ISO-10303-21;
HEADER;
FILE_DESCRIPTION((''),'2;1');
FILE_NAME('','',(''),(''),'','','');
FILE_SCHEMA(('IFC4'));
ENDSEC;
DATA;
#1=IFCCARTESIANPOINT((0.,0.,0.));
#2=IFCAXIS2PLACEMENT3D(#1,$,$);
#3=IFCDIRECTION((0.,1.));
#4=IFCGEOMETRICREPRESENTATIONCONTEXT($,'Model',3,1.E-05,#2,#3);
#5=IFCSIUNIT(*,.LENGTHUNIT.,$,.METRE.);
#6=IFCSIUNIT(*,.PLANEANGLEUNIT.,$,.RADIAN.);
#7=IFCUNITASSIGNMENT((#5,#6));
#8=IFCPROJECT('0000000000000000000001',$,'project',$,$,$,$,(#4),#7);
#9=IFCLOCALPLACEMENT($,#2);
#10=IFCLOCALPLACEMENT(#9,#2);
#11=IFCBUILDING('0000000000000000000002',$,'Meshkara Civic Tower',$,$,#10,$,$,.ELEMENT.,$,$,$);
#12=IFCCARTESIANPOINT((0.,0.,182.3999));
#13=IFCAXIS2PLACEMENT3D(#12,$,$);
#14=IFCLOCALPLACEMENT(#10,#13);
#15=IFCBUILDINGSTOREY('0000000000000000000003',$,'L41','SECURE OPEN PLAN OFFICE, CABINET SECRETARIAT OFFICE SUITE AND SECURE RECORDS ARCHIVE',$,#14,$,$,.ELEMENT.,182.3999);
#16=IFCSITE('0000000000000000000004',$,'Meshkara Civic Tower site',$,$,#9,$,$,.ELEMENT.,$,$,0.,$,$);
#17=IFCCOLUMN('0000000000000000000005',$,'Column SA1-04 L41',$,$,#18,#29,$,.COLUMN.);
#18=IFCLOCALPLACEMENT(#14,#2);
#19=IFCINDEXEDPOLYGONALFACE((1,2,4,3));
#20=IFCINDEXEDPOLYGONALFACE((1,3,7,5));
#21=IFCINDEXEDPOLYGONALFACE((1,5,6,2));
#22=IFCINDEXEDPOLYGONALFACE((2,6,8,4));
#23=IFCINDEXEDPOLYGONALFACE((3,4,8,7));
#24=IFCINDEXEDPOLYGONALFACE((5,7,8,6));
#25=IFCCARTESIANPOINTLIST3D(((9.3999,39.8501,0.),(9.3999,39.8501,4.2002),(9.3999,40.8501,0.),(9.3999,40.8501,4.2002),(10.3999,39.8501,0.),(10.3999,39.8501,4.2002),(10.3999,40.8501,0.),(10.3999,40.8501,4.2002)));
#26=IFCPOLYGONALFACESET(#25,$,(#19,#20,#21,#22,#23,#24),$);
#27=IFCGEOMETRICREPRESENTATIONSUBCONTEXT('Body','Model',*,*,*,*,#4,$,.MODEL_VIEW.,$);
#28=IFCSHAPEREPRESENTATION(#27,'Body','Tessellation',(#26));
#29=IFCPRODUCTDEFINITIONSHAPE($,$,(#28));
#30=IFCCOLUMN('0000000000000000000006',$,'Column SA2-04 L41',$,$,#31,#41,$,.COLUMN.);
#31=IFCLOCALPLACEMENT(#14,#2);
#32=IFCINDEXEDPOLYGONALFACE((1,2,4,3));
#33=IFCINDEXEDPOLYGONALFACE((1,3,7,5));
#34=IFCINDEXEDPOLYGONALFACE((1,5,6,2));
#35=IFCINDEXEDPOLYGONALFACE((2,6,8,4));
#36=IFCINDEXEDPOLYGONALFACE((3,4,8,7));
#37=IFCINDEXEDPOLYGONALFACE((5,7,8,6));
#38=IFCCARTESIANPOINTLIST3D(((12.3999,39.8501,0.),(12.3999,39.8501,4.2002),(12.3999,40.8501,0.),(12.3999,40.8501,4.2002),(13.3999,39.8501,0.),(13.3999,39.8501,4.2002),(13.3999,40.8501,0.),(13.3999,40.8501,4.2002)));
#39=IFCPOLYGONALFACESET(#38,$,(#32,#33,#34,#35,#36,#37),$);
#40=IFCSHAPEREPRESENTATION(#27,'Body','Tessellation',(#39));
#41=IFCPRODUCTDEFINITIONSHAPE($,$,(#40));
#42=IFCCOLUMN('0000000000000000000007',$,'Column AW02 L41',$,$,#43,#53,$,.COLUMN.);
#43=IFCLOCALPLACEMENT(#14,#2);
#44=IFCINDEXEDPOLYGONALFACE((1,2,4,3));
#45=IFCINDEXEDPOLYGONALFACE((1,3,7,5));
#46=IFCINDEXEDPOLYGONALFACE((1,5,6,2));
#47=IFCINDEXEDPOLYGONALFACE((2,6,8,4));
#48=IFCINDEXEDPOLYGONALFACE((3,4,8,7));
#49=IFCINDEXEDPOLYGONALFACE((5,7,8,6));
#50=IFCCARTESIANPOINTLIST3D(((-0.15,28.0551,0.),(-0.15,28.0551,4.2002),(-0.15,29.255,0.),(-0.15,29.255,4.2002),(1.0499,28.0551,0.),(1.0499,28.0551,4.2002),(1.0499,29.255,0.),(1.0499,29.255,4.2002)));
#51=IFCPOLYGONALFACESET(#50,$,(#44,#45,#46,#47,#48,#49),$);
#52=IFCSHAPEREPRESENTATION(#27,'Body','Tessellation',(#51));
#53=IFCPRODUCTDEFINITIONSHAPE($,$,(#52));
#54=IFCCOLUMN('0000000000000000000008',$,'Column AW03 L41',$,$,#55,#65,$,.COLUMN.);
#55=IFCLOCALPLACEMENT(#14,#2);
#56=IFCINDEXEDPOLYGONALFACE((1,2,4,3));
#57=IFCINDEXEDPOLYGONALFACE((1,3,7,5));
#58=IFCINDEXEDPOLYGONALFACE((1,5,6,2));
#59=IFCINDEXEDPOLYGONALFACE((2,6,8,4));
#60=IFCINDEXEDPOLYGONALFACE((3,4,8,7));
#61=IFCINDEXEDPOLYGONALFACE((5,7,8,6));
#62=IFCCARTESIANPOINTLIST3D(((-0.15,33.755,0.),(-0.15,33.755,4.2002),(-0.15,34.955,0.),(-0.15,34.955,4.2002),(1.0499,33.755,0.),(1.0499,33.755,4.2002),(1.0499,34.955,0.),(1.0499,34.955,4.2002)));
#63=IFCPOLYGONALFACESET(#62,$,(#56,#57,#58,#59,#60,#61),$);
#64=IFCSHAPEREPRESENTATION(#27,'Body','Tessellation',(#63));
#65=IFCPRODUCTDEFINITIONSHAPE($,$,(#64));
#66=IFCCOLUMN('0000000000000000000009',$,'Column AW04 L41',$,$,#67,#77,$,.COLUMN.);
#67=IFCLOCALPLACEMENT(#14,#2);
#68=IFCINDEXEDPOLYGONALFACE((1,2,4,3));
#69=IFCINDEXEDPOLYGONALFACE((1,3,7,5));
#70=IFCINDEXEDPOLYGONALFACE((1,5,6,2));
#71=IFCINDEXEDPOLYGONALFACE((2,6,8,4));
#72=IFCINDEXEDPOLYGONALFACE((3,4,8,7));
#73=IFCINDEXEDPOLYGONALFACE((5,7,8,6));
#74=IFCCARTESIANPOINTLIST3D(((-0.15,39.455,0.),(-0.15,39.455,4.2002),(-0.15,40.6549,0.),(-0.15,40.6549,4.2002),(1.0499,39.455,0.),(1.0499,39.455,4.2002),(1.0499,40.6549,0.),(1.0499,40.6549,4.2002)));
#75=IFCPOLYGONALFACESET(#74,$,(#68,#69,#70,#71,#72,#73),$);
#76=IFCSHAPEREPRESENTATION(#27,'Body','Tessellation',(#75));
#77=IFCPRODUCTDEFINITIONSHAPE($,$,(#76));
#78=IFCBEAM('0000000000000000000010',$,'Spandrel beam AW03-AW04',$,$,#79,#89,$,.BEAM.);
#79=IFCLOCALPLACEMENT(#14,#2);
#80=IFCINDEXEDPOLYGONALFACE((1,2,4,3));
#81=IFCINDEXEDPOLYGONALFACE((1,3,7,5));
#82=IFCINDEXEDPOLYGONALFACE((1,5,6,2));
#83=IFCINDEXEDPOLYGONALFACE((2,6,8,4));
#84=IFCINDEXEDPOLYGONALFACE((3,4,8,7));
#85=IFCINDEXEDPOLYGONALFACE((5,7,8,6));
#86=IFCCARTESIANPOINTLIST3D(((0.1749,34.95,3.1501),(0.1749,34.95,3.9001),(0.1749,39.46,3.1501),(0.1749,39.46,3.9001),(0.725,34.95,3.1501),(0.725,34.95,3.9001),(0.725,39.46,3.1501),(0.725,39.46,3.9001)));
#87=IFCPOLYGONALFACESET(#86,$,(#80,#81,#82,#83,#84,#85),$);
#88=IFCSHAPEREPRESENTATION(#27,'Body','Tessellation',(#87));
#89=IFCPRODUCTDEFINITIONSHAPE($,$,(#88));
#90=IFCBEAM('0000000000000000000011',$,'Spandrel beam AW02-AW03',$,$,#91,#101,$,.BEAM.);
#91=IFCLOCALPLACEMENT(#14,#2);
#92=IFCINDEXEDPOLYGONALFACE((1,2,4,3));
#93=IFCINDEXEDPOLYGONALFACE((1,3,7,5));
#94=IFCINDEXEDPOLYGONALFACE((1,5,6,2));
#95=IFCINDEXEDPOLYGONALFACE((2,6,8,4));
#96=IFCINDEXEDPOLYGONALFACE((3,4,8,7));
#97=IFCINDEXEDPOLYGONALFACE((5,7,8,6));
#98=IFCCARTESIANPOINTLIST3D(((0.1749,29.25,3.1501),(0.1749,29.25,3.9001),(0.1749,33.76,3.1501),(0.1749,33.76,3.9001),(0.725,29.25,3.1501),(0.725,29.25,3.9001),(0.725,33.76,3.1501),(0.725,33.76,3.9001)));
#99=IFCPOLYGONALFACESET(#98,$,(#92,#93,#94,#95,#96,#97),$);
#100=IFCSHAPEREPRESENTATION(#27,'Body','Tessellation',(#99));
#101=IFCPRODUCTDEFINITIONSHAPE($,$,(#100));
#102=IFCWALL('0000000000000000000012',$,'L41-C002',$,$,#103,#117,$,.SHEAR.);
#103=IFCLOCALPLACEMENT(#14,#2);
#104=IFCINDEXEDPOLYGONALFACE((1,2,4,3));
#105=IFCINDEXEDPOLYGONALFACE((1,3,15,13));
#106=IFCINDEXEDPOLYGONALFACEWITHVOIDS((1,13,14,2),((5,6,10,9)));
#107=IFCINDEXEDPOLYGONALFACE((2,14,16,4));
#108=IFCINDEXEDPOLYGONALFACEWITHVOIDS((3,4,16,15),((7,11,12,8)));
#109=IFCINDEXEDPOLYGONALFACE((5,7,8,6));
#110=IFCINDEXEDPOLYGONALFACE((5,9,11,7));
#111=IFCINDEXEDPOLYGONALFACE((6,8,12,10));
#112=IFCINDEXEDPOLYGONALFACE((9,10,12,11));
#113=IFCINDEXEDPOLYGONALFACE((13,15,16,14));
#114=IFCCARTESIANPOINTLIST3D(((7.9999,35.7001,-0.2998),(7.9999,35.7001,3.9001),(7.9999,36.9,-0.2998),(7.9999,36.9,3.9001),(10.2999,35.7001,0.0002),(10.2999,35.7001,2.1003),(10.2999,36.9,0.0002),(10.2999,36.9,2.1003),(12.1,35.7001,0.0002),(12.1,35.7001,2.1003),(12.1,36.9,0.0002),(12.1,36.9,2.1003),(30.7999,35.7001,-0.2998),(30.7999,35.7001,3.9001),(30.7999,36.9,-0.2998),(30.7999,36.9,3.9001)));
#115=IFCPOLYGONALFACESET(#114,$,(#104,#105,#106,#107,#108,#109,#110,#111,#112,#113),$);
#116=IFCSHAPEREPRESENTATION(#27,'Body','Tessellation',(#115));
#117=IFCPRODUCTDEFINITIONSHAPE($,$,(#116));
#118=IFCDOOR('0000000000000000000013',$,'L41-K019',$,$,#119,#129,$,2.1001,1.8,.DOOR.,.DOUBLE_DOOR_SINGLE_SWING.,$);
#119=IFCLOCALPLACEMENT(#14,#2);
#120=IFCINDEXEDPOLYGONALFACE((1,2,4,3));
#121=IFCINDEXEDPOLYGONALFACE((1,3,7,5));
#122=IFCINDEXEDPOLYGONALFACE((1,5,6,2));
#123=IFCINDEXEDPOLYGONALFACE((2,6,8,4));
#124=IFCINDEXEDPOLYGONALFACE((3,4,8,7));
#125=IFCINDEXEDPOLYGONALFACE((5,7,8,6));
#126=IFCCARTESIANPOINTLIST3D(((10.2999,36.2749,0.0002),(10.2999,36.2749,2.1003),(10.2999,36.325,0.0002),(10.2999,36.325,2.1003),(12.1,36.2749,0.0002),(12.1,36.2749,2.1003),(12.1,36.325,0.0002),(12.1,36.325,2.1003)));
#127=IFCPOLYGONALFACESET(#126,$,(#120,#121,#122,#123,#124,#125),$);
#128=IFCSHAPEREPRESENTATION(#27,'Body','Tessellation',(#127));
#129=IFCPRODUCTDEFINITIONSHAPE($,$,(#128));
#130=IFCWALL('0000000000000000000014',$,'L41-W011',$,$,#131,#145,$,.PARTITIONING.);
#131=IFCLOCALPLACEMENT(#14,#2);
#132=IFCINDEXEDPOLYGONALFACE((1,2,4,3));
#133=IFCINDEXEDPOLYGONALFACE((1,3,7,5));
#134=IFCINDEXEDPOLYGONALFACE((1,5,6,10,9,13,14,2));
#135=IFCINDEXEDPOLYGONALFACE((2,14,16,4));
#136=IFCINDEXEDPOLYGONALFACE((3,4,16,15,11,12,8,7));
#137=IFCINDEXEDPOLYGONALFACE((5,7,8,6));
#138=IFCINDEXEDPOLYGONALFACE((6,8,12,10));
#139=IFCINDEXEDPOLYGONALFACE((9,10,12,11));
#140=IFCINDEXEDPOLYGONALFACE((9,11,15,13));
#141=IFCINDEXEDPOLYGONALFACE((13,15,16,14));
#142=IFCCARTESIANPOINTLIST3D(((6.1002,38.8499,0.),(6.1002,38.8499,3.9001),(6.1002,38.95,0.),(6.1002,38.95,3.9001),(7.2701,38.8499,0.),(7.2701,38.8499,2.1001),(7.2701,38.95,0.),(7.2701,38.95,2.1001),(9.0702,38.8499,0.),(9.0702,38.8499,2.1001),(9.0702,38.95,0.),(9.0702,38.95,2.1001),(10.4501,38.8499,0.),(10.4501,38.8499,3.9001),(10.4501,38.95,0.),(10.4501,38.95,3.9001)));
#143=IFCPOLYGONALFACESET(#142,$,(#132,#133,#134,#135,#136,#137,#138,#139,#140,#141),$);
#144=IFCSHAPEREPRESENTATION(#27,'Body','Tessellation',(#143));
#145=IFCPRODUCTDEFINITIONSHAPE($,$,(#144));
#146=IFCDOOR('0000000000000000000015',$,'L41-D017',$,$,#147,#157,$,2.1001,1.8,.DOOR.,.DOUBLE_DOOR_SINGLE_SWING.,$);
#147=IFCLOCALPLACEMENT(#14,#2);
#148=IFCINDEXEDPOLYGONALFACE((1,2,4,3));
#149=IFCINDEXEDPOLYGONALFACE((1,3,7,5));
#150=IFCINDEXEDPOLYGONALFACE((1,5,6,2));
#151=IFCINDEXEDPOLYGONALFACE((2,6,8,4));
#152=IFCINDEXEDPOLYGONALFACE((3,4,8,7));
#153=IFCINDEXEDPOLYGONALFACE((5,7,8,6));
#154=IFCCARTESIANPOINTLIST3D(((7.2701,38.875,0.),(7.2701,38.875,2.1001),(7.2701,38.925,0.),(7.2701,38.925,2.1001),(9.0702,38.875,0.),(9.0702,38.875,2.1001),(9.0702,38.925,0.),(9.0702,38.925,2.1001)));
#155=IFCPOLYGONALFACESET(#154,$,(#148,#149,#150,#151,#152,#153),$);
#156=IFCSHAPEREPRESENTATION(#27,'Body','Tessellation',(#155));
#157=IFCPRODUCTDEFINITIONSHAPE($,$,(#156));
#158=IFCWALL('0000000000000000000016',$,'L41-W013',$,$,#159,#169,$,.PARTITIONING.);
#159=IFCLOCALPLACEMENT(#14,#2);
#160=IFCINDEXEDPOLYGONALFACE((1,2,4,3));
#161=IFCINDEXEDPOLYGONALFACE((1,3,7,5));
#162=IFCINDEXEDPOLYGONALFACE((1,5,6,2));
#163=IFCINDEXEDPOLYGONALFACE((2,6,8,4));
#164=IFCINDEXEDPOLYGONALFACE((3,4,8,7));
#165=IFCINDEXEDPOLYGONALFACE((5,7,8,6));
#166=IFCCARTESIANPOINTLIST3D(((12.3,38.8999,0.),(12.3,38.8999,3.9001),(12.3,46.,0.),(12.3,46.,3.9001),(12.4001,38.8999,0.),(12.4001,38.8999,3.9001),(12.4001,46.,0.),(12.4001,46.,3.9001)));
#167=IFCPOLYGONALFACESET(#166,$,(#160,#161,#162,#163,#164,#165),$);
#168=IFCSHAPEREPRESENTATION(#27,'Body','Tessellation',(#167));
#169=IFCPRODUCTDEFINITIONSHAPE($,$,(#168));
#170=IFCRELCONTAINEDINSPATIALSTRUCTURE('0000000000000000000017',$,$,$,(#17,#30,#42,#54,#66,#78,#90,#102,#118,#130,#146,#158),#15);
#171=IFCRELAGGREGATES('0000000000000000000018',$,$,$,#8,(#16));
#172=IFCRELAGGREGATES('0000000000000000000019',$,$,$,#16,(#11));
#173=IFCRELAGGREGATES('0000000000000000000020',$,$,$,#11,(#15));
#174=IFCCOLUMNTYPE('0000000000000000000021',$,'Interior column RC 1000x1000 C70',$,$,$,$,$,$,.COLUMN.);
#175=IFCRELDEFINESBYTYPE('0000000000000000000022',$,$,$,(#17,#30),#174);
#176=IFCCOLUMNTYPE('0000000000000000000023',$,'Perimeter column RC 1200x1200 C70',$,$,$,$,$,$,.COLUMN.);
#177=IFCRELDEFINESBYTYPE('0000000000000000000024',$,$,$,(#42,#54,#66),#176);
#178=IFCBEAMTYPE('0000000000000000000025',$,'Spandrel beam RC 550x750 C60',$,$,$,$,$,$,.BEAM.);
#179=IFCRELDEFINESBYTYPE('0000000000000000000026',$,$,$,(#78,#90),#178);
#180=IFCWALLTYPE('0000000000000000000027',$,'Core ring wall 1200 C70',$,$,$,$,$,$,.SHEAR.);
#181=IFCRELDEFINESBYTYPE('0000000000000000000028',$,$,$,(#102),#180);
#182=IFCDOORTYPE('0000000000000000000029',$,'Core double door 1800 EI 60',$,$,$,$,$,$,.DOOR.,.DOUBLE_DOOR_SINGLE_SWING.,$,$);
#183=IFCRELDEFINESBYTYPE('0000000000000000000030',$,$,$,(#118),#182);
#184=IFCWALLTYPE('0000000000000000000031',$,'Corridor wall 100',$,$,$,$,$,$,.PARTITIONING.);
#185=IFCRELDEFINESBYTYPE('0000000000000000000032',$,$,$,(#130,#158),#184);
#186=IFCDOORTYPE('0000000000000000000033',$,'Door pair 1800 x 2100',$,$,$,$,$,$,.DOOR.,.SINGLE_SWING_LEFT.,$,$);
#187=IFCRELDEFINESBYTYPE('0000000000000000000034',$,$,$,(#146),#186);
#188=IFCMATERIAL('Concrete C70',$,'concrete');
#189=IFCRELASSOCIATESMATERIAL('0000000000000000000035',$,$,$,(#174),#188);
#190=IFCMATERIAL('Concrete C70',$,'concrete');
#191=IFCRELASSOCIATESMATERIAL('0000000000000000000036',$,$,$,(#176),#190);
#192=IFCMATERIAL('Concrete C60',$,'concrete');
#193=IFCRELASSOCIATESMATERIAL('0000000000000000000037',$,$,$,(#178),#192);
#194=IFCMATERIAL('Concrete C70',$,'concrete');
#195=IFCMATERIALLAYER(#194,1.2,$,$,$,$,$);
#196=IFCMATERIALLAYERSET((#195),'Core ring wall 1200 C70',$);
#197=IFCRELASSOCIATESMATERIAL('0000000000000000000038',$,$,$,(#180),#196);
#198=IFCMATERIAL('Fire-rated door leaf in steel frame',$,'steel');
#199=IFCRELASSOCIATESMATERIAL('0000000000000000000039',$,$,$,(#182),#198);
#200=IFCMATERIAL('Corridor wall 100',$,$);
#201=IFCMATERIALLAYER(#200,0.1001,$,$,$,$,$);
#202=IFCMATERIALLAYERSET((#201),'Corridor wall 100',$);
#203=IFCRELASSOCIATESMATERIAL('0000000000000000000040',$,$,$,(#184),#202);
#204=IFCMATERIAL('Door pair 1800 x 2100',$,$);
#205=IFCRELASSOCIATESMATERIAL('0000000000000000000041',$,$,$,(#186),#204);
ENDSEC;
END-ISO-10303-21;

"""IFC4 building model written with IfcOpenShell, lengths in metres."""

from ifc_helpers import new_model, si_unit, direction, frame, frame_2d, origin, origin_2d, place, context, subcontext, project, spatial, rectangle, extrude, material, layer, layer_set, material_profile, profile_set, type_object, element, fill, save


model = new_model("IFC4")

# Units and contexts
model_context = context("Model", 3, precision=1e-05, world=origin(), true_north=direction((0.0, 1.0)))
body_context = subcontext(model_context, "Body", "Model", "MODEL_VIEW")
ifc_project = project(units=[si_unit("LENGTHUNIT", "METRE"), si_unit("PLANEANGLEUNIT", "RADIAN")], contexts=[model_context])

# Site, building, storey
site_placement = place(None, origin())
site = spatial("IfcSite", under=ifc_project, at=site_placement, Name="Meshkara Civic Tower site", CompositionType="ELEMENT", RefElevation=0.0)
building_placement = place(site_placement, origin())
building = spatial("IfcBuilding", under=site, at=building_placement, Name="Meshkara Civic Tower", CompositionType="ELEMENT")
storey_placement = place(building_placement, frame((0.0, 0.0, 182.3999)))
storey = spatial("IfcBuildingStorey", under=building, at=storey_placement, Name="L41", Description="SECURE OPEN PLAN OFFICE, CABINET SECRETARIAT OFFICE SUITE AND SECURE RECORDS ARCHIVE", CompositionType="ELEMENT", Elevation=182.3999)

# Columns
ifc_material_1 = material(Name="Concrete C70", Category="concrete")
ifc_material_profile_1 = material_profile(ifc_material_1, rectangle(XDim=1.0, YDim=1.0, at=origin_2d()))
ifc_profile_set_1 = profile_set([ifc_material_profile_1], Name="Concrete C70")
column_type_1 = type_object("IfcColumnType", Name="Interior column RC 1000x1000 C70", PredefinedType="COLUMN", material=ifc_profile_set_1)
for number, where, z_axis, x_axis, name in (
    (1, (9.8999, 40.3501, 0.0), (0.0, 0.0, 1.0), (1.0, 0.0, 0.0), "Column SA1-04 L41"),
    (2, (12.8999, 40.3501, 0.0), (0.0, 0.0, 1.0), (1.0, 0.0, 0.0), "Column SA2-04 L41"),
):
    element("IfcColumn", number, at=place(storey_placement, frame(where, z_axis=z_axis, x_axis=x_axis)), inside=storey, type_object=column_type_1, Name=name, PredefinedType="COLUMN", context=body_context, shape_type="SweptSolid", body=[
        extrude(rectangle(XDim=1.0, YDim=1.0, at=origin_2d()), origin(), (0.0, 0.0, 1.0), 4.2002),
    ])
ifc_material_2 = material(Name="Concrete C70", Category="concrete")
ifc_material_profile_2 = material_profile(ifc_material_2, rectangle(XDim=1.2, YDim=1.2, at=origin_2d()))
ifc_profile_set_2 = profile_set([ifc_material_profile_2], Name="Concrete C70")
column_type_2 = type_object("IfcColumnType", Name="Perimeter column RC 1200x1200 C70", PredefinedType="COLUMN", material=ifc_profile_set_2)
for number, where, z_axis, x_axis, name in (
    (3, (0.45, 28.655, 0.0), (0.0, 0.0, 1.0), (1.0, 0.0, 0.0), "Column AW02 L41"),
    (4, (0.45, 34.355, 0.0), (0.0, 0.0, 1.0), (1.0, 0.0, 0.0), "Column AW03 L41"),
    (5, (0.45, 40.0549, 0.0), (0.0, 0.0, 1.0), (1.0, 0.0, 0.0), "Column AW04 L41"),
):
    element("IfcColumn", number, at=place(storey_placement, frame(where, z_axis=z_axis, x_axis=x_axis)), inside=storey, type_object=column_type_2, Name=name, PredefinedType="COLUMN", context=body_context, shape_type="SweptSolid", body=[
        extrude(rectangle(XDim=1.2, YDim=1.2, at=origin_2d()), origin(), (0.0, 0.0, 1.0), 4.2002),
    ])

# Beams
ifc_material_3 = material(Name="Concrete C60", Category="concrete")
ifc_material_profile_3 = material_profile(ifc_material_3, rectangle(XDim=0.55, YDim=0.75, at=origin_2d()))
ifc_profile_set_3 = profile_set([ifc_material_profile_3], Name="Concrete C60")
beam_type = type_object("IfcBeamType", Name="Spandrel beam RC 550x750 C60", PredefinedType="BEAM", material=ifc_profile_set_3)
for number, where, z_axis, x_axis, name in (
    (6, (0.45, 39.46, 3.5251), (0.0, -1.0, 0.0), (1.0, 0.0, 0.0), "Spandrel beam AW03-AW04"),
    (7, (0.45, 33.76, 3.5251), (0.0, -1.0, 0.0), (1.0, 0.0, 0.0), "Spandrel beam AW02-AW03"),
):
    element("IfcBeam", number, at=place(storey_placement, frame(where, z_axis=z_axis, x_axis=x_axis)), inside=storey, type_object=beam_type, Name=name, PredefinedType="BEAM", context=body_context, shape_type="SweptSolid", body=[
        extrude(rectangle(XDim=0.55, YDim=0.75, at=origin_2d()), origin(), (0.0, 0.0, 1.0), 4.51),
    ])

# Walls, openings, doors
ifc_material_4 = material(Name="Concrete C70", Category="concrete")
ifc_layer_1 = layer(ifc_material_4, 1.2)
ifc_layer_set_1 = layer_set([ifc_layer_1], Name="Core ring wall 1200 C70")
wall_type_1 = type_object("IfcWallType", Name="Core ring wall 1200 C70", PredefinedType="SHEAR", material=ifc_layer_set_1)
wall_1_placement = place(storey_placement, frame((8.0, 36.3, -0.2998), z_axis=(0.0, 0.0, 1.0), x_axis=(1.0, 0.0, 0.0)))
wall_1 = element("IfcWall", 8, at=wall_1_placement, inside=storey, type_object=wall_type_1, Name="L41-C002", PredefinedType="SHEAR", context=body_context, shape_type="SweptSolid", body=[
    extrude(rectangle(XDim=22.8, YDim=1.2, at=frame_2d((11.3999, 0.0))), origin(), (0.0, 0.0, 1.0), 4.2),
])
opening_1_placement = place(wall_1_placement, frame((2.3, 0.0, 0.3)))
opening_1 = element("IfcOpeningElement", 9, at=opening_1_placement, cuts=wall_1, PredefinedType="OPENING", context=body_context, shape_type="SweptSolid", body=[
    extrude(rectangle(XDim=1.8, YDim=2.1001, at=frame_2d((0.8999, 1.05))), frame((0.0, 0.6099, 0.0), z_axis=(0.0, -1.0, 0.0), x_axis=(1.0, 0.0, 0.0)), (0.0, 0.0, 1.0), 1.22),
])
ifc_material_5 = material(Name="Fire-rated door leaf in steel frame", Category="steel")
door_type_1 = type_object("IfcDoorType", Name="Core double door 1800 EI 60", OperationType="DOUBLE_DOOR_SINGLE_SWING", PredefinedType="DOOR", material=ifc_material_5)
door_1_placement = place(opening_1_placement, origin())
door_1 = element("IfcDoor", 10, at=door_1_placement, inside=storey, type_object=door_type_1, Name="L41-K019", OperationType="DOUBLE_DOOR_SINGLE_SWING", OverallHeight=2.1001, OverallWidth=1.8, PredefinedType="DOOR", context=body_context, shape_type="SweptSolid", body=[
    extrude(rectangle(XDim=1.8, YDim=2.1001, at=frame_2d((0.8999, 1.05))), frame((0.0, 0.0249, 0.0), z_axis=(0.0, -1.0, 0.0), x_axis=(1.0, 0.0, 0.0)), (0.0, 0.0, 1.0), 0.05),
])
fill(opening_1, door_1)
ifc_material_6 = material(Name="Corridor wall 100")
ifc_layer_2 = layer(ifc_material_6, 0.1001)
ifc_layer_set_2 = layer_set([ifc_layer_2], Name="Corridor wall 100")
wall_type_2 = type_object("IfcWallType", Name="Corridor wall 100", PredefinedType="PARTITIONING", material=ifc_layer_set_2)
wall_2_placement = place(storey_placement, frame((10.45, 38.8999, 0.0), z_axis=(0.0, 0.0, 1.0), x_axis=(-1.0, 0.0, 0.0)))
wall_2 = element("IfcWall", 11, at=wall_2_placement, inside=storey, type_object=wall_type_2, Name="L41-W011", PredefinedType="PARTITIONING", context=body_context, shape_type="SweptSolid", body=[
    extrude(rectangle(XDim=4.3499, YDim=0.1001, at=frame_2d((2.1748, 0.0))), origin(), (0.0, 0.0, 1.0), 3.9001),
])
opening_2_placement = place(wall_2_placement, frame((1.3799, 0.0, 0.0)))
opening_2 = element("IfcOpeningElement", 12, at=opening_2_placement, cuts=wall_2, PredefinedType="OPENING", context=body_context, shape_type="SweptSolid", body=[
    extrude(rectangle(XDim=1.8, YDim=2.1001, at=frame_2d((0.8999, 1.05))), frame((0.0, 0.0601, 0.0), z_axis=(0.0, -1.0, 0.0), x_axis=(1.0, 0.0, 0.0)), (0.0, 0.0, 1.0), 0.1201),
])
ifc_material_7 = material(Name="Door pair 1800 x 2100")
door_type_2 = type_object("IfcDoorType", Name="Door pair 1800 x 2100", OperationType="SINGLE_SWING_LEFT", PredefinedType="DOOR", material=ifc_material_7)
door_2_placement = place(opening_2_placement, origin())
door_2 = element("IfcDoor", 13, at=door_2_placement, inside=storey, type_object=door_type_2, Name="L41-D017", OperationType="DOUBLE_DOOR_SINGLE_SWING", OverallHeight=2.1001, OverallWidth=1.8, PredefinedType="DOOR", context=body_context, shape_type="SweptSolid", body=[
    extrude(rectangle(XDim=1.8, YDim=2.1001, at=frame_2d((0.8999, 1.05))), frame((0.0, 0.0249, 0.0), z_axis=(0.0, -1.0, 0.0), x_axis=(1.0, 0.0, 0.0)), (0.0, 0.0, 1.0), 0.05),
])
fill(opening_2, door_2)

# Wall
wall_3_placement = place(storey_placement, frame((12.3501, 38.8999, 0.0), z_axis=(0.0, 0.0, 1.0), x_axis=(0.0, 1.0, 0.0)))
element("IfcWall", 14, at=wall_3_placement, inside=storey, type_object=wall_type_2, Name="L41-W013", PredefinedType="PARTITIONING", context=body_context, shape_type="SweptSolid", body=[
    extrude(rectangle(XDim=7.1001, YDim=0.1001, at=frame_2d((3.55, 0.0))), origin(), (0.0, 0.0, 1.0), 3.9001),
])

save(model, "model.ifc")
